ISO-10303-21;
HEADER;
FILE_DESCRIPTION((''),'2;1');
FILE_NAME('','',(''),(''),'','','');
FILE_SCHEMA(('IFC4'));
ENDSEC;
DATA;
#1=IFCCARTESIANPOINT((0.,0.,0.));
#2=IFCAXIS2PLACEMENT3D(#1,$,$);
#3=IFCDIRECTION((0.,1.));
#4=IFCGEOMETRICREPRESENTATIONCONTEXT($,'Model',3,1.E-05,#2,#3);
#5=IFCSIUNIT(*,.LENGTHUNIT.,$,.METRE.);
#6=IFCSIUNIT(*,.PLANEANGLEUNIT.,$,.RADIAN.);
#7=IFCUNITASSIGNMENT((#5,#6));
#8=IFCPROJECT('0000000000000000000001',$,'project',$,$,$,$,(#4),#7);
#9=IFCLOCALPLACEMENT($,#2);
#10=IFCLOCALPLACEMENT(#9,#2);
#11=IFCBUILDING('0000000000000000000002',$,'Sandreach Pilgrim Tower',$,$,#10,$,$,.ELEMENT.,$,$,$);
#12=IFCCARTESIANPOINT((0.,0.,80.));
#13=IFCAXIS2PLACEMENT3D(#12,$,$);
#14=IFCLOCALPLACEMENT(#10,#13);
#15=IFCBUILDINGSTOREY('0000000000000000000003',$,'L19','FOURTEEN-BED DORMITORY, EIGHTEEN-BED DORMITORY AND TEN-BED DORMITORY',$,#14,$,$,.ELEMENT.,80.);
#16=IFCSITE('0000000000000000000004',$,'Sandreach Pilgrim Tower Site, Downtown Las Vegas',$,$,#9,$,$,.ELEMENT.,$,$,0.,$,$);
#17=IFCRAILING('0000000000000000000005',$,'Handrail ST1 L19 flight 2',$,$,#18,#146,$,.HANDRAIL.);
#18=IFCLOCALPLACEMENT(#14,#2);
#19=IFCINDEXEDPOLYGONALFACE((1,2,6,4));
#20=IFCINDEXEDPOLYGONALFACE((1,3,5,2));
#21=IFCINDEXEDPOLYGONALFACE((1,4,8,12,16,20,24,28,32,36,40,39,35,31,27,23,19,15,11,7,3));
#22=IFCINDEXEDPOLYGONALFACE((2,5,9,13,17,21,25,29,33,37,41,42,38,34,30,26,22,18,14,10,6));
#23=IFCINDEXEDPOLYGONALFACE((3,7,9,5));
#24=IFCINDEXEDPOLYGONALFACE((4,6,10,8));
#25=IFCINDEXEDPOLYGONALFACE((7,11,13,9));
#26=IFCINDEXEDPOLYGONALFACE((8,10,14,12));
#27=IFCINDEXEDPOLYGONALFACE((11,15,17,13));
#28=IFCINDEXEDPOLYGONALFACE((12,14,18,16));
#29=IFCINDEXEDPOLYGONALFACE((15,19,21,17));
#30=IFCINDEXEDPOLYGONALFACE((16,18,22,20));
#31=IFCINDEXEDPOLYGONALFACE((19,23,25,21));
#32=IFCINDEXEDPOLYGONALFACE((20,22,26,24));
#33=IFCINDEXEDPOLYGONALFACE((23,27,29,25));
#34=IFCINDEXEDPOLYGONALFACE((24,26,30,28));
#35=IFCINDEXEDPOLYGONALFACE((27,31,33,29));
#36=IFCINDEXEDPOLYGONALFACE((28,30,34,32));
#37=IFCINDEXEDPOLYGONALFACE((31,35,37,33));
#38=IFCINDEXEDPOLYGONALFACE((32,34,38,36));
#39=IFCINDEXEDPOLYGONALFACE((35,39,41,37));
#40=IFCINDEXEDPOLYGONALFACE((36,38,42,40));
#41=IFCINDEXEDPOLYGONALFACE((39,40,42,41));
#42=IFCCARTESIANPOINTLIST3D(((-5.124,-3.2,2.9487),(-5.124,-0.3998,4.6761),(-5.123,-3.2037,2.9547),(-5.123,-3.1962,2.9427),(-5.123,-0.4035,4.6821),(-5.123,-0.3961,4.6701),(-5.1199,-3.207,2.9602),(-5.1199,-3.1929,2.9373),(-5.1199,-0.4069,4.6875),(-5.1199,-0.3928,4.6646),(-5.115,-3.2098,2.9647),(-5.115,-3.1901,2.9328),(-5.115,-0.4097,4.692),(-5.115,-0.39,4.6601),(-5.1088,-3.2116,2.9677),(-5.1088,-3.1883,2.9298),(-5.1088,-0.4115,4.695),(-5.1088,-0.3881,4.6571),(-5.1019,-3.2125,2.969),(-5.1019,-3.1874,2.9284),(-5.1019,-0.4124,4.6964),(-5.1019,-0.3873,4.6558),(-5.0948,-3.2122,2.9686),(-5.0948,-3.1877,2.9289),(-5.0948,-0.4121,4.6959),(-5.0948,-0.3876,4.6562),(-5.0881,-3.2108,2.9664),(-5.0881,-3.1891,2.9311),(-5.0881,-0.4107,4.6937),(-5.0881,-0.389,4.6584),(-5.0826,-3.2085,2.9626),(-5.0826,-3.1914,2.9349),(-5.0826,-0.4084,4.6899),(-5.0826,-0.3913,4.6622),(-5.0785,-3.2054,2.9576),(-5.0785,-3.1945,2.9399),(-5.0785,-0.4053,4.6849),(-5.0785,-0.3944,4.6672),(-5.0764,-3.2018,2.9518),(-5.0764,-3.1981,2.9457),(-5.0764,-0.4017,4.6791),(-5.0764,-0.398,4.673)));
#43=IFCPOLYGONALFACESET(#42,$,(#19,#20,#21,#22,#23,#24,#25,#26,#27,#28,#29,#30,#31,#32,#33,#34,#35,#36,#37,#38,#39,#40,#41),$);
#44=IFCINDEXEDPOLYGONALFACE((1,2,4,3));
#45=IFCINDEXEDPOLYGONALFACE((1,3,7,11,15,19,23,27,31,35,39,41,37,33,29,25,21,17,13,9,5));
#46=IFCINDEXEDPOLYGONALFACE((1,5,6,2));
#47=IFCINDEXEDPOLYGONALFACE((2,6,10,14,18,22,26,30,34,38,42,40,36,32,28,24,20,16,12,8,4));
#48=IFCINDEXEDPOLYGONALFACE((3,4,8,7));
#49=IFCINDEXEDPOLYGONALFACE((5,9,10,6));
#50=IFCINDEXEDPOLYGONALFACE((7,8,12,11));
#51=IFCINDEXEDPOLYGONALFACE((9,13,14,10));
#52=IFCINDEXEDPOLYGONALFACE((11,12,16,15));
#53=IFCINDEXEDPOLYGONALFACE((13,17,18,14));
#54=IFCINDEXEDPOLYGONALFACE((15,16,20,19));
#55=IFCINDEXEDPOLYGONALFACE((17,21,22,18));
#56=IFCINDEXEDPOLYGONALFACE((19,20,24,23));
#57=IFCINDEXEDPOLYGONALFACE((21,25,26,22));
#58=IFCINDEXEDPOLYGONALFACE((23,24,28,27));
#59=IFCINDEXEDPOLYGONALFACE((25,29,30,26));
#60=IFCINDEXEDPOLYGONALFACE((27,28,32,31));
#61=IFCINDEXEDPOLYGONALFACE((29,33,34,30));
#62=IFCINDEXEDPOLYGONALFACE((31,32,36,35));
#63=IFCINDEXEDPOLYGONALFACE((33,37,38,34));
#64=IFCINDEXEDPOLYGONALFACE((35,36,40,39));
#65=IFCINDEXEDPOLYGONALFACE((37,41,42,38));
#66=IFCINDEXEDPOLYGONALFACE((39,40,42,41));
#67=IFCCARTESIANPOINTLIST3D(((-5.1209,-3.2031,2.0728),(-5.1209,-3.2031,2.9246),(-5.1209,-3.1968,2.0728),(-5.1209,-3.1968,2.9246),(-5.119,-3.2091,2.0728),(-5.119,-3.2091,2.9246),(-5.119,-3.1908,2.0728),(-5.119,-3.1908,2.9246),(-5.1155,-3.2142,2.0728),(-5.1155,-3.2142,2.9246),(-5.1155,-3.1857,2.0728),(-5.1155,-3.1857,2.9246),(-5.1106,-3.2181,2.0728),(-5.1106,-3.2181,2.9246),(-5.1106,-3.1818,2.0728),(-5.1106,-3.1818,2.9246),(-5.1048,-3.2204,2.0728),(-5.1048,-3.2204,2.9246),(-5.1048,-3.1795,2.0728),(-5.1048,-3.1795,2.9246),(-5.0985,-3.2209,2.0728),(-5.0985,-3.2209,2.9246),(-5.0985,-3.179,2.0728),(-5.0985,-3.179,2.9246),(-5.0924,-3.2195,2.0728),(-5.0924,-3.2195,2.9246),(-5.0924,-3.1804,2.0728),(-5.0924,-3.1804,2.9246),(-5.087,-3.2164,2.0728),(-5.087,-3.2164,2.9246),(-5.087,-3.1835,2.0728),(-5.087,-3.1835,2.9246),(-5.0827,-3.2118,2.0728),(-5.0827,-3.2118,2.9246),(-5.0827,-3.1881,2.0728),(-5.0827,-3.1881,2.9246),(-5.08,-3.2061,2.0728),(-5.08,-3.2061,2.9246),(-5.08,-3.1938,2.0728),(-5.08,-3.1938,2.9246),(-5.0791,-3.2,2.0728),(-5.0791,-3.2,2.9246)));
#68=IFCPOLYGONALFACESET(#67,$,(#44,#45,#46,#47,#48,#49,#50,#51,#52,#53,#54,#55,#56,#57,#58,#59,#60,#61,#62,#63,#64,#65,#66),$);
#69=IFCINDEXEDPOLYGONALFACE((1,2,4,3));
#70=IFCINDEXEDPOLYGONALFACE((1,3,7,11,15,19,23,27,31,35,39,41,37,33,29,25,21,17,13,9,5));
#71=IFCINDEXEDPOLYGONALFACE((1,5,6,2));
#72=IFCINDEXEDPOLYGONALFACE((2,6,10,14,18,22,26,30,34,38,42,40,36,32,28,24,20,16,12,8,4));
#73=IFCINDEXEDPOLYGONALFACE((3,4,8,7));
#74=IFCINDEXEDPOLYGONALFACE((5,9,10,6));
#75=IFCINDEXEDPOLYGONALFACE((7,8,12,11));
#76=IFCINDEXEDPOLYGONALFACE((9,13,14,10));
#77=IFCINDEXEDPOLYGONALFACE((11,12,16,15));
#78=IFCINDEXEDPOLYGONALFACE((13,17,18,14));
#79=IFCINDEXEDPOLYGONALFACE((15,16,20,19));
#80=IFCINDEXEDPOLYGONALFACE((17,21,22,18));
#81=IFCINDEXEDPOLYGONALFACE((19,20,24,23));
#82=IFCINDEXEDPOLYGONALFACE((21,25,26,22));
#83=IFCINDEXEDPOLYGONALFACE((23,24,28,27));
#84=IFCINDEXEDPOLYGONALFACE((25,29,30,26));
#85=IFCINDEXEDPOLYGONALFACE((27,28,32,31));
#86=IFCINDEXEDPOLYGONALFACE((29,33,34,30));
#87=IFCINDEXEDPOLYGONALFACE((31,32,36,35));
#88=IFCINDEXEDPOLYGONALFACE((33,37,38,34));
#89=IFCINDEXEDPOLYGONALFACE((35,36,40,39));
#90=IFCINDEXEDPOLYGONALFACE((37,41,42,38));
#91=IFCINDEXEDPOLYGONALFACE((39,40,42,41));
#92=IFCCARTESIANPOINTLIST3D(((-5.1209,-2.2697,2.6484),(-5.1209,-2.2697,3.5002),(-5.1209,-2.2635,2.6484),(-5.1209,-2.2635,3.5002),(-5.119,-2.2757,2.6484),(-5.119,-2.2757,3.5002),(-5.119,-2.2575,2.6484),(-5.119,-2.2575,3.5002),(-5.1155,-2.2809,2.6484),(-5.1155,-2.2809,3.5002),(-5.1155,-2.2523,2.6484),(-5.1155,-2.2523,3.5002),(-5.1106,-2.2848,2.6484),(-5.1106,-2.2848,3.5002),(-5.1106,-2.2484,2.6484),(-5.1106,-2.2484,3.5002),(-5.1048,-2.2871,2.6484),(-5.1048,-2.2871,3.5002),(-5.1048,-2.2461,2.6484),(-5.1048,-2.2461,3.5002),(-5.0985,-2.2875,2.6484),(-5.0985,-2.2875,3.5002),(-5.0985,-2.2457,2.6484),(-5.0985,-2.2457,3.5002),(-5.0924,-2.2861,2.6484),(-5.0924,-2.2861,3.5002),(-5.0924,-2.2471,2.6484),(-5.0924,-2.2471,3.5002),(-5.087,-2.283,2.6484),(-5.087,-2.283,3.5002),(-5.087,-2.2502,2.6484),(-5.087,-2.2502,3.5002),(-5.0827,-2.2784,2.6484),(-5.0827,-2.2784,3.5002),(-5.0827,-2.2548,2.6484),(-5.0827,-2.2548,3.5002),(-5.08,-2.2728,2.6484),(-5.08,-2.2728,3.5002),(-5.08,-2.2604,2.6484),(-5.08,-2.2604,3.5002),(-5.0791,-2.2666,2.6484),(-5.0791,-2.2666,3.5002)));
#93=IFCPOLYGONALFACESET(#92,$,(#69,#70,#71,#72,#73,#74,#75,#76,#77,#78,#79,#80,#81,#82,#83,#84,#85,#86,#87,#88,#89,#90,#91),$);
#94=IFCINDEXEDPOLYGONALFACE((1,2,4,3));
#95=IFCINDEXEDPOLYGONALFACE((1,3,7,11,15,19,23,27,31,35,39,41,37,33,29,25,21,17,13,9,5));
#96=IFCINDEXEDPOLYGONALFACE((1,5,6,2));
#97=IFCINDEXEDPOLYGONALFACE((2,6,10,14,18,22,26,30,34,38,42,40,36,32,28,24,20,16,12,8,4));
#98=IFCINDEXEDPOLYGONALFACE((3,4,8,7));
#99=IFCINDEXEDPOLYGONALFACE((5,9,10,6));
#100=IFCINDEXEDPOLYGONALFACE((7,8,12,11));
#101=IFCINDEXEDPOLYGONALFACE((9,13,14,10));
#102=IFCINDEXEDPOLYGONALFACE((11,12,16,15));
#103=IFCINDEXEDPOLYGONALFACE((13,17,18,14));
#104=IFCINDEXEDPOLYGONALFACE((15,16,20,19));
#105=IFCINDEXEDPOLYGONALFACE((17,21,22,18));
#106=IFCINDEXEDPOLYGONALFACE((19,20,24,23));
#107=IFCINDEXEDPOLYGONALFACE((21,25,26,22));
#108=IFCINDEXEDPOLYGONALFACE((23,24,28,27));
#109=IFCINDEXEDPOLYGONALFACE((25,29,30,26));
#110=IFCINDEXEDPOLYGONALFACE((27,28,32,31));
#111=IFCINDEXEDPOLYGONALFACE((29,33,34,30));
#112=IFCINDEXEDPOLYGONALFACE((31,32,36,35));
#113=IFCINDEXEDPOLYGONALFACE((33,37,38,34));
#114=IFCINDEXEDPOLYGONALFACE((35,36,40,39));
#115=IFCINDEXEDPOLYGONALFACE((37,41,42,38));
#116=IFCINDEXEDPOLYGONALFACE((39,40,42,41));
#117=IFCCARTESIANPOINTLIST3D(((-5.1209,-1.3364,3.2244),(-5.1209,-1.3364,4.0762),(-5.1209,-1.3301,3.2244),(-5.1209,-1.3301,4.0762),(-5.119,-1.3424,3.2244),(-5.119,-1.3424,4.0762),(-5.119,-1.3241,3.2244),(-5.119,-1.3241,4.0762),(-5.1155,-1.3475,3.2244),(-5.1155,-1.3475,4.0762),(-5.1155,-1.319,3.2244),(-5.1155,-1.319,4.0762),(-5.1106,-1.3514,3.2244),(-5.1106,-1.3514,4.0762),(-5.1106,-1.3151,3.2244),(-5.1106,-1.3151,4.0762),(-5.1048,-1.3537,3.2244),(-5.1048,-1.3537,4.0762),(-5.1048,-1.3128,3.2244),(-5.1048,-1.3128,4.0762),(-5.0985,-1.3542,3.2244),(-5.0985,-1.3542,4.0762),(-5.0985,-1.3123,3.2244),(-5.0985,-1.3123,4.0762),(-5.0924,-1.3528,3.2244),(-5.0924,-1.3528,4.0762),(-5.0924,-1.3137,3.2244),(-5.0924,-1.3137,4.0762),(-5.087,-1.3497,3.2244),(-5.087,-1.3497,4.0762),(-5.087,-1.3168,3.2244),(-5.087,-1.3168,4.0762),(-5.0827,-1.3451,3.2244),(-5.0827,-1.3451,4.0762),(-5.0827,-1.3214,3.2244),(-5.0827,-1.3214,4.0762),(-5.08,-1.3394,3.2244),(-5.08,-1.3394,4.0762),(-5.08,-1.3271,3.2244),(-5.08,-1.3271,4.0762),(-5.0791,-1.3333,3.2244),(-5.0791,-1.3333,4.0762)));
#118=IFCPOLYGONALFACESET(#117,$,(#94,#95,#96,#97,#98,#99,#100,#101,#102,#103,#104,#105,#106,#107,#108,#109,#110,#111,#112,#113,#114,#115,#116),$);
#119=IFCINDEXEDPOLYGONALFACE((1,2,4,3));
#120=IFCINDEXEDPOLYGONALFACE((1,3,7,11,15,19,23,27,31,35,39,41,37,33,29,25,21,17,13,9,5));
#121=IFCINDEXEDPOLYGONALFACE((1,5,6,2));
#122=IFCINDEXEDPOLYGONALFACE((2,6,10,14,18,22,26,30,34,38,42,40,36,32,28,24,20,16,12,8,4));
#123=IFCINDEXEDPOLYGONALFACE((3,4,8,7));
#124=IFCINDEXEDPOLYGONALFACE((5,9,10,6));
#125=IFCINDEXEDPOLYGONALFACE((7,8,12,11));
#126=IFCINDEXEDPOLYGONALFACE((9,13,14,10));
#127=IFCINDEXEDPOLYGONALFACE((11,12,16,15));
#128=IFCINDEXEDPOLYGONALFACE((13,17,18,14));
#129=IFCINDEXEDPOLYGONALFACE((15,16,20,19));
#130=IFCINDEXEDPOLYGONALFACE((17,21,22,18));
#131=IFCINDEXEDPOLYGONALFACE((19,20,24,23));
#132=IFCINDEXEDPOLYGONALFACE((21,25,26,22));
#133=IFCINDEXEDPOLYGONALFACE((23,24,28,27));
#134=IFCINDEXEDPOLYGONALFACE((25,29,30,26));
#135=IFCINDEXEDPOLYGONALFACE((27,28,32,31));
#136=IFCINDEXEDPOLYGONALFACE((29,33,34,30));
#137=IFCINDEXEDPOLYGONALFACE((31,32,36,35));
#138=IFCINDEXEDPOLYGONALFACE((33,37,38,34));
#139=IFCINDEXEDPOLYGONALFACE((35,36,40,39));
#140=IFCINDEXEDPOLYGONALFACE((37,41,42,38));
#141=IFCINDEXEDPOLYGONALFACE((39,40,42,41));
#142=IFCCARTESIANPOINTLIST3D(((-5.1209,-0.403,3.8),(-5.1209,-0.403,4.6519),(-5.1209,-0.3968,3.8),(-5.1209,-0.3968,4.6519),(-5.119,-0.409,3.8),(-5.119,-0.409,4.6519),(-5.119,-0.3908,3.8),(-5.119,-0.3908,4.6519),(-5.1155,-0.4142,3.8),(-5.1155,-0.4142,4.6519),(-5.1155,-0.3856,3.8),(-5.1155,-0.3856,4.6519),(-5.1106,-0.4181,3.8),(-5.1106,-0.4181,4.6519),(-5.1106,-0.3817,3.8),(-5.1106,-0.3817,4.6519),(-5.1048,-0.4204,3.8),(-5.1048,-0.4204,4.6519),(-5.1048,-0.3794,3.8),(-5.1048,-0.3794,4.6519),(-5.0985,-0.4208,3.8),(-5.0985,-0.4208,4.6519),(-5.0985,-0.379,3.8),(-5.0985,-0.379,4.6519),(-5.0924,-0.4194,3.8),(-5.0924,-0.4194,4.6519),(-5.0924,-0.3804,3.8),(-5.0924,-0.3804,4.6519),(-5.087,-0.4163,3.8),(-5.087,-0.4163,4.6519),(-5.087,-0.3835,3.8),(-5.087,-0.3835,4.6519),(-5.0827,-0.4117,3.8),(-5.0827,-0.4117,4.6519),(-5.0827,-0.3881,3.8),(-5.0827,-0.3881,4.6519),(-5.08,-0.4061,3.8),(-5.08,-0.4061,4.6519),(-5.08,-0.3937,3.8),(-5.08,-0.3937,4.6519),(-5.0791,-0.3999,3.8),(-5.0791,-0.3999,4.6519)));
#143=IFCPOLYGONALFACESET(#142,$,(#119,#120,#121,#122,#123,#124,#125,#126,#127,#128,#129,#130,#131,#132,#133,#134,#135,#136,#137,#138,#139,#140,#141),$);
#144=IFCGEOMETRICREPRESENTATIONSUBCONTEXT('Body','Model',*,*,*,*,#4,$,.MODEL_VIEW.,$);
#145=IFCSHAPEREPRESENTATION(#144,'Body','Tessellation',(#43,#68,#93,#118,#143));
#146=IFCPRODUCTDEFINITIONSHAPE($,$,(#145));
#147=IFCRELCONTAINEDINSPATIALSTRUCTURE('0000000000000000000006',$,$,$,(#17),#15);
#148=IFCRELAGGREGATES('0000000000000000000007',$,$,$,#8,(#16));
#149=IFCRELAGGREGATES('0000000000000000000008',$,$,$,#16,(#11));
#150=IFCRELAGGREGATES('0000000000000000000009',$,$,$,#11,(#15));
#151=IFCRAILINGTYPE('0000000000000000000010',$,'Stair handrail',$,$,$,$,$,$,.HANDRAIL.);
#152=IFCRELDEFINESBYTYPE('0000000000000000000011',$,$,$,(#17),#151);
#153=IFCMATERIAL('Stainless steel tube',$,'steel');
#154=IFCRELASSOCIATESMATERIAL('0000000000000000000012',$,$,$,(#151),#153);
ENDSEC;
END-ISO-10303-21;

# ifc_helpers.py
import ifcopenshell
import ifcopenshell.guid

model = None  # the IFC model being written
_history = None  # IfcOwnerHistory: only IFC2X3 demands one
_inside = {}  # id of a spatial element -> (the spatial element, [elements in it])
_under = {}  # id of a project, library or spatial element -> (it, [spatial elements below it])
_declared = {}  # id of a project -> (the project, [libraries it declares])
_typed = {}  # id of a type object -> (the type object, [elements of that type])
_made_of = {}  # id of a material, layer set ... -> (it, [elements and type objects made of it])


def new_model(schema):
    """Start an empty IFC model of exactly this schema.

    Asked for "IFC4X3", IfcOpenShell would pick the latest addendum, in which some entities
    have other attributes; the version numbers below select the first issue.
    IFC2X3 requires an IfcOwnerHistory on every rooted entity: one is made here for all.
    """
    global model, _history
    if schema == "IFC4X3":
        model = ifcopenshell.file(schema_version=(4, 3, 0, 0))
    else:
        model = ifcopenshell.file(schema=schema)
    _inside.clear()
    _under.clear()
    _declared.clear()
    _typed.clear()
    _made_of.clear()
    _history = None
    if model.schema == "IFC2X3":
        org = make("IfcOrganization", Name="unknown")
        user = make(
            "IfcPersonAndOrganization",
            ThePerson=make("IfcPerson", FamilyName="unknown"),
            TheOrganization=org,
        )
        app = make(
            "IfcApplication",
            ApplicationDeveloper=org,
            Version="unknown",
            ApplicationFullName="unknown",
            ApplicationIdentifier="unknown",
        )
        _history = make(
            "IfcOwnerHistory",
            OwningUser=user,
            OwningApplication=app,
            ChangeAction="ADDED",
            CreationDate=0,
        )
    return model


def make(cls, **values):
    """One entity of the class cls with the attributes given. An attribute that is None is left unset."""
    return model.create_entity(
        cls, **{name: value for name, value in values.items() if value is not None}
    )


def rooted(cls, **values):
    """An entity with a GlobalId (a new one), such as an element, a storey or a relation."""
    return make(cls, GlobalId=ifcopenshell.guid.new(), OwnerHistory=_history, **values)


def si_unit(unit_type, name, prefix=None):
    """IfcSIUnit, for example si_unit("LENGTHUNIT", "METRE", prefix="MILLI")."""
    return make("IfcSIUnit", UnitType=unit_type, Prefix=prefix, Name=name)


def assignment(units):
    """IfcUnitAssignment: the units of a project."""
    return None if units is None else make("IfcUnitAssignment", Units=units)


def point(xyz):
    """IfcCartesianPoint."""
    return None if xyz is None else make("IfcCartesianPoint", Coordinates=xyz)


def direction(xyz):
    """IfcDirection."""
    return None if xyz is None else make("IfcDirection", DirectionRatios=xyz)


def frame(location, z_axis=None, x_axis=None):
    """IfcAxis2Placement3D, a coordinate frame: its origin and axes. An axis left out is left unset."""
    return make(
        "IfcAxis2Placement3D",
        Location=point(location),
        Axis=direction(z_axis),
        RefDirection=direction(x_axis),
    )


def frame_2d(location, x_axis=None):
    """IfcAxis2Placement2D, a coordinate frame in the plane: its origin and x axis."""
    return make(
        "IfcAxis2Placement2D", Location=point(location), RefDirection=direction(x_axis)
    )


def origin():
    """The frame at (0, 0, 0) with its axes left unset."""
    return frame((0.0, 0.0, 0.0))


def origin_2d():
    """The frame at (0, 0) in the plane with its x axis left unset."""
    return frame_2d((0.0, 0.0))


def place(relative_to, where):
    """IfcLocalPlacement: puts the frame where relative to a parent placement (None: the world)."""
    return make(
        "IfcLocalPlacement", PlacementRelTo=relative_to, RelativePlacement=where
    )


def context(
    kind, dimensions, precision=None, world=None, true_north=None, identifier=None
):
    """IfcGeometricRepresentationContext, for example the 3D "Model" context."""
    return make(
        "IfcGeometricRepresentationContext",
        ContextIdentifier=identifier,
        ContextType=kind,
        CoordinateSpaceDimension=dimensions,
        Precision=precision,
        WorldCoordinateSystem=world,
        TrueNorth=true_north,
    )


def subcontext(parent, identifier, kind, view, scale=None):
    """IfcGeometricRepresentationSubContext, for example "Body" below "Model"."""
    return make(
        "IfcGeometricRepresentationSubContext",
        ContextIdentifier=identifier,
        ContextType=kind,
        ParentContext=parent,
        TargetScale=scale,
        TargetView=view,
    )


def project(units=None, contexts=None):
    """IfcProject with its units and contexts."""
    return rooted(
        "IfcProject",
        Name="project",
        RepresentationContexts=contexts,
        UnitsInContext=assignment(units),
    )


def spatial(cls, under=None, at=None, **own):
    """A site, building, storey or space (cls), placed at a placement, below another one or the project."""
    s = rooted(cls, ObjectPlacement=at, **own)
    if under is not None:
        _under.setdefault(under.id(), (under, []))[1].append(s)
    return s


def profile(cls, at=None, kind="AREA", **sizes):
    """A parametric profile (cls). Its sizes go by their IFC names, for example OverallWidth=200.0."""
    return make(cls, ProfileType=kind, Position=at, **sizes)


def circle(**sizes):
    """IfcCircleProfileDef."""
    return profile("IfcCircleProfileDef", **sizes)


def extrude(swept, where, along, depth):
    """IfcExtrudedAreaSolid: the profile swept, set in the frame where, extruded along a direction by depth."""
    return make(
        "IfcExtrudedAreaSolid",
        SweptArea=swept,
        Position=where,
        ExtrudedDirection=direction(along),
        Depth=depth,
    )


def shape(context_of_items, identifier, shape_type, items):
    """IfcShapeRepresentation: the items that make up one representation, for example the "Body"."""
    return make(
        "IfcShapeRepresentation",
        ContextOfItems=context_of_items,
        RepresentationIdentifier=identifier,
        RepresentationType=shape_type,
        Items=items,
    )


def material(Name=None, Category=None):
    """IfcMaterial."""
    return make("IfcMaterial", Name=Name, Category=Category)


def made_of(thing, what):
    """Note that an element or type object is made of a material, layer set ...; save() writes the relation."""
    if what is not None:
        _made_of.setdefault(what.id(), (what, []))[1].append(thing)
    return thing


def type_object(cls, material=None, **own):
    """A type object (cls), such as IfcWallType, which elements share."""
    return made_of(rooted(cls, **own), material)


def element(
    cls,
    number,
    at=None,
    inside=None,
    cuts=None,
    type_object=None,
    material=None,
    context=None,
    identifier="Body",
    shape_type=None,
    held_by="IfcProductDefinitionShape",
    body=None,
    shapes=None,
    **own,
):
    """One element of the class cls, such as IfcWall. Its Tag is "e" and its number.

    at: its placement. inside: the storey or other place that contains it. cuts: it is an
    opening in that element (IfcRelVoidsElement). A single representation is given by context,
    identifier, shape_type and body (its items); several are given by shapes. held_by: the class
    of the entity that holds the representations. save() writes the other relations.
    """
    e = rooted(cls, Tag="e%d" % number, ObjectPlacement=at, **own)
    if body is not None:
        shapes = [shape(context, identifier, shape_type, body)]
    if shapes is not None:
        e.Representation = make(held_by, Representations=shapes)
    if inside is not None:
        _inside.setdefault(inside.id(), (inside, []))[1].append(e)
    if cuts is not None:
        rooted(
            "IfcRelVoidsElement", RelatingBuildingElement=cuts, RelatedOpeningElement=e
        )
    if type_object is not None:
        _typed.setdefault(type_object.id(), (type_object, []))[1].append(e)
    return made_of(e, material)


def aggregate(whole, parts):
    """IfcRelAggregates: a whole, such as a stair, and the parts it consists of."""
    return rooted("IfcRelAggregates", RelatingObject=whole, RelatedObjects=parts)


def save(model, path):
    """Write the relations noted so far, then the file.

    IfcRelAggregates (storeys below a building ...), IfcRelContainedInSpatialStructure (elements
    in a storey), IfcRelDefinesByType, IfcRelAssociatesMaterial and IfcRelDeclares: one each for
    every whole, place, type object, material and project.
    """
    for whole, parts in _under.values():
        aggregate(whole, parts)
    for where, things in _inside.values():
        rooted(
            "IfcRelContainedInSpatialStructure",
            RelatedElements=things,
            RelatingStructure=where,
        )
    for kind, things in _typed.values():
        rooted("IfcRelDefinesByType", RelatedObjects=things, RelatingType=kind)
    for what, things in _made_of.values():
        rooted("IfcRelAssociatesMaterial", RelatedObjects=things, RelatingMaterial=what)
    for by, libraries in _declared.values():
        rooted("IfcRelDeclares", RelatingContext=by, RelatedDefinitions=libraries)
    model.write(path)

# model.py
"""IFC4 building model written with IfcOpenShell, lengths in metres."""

from ifc_helpers import new_model, si_unit, direction, frame, origin, origin_2d, place, context, subcontext, project, spatial, circle, extrude, material, type_object, element, save


model = new_model("IFC4")

# Units and contexts
model_context = context("Model", 3, precision=1e-05, world=origin(), true_north=direction((0.0, 1.0)))
body_context = subcontext(model_context, "Body", "Model", "MODEL_VIEW")
ifc_project = project(units=[si_unit("LENGTHUNIT", "METRE"), si_unit("PLANEANGLEUNIT", "RADIAN")], contexts=[model_context])

# Site, building, storey
site_placement = place(None, origin())
site = spatial("IfcSite", under=ifc_project, at=site_placement, Name="Sandreach Pilgrim Tower Site, Downtown Las Vegas", CompositionType="ELEMENT", RefElevation=0.0)
building_placement = place(site_placement, origin())
building = spatial("IfcBuilding", under=site, at=building_placement, Name="Sandreach Pilgrim Tower", CompositionType="ELEMENT")
storey_placement = place(building_placement, frame((0.0, 0.0, 80.0)))
storey = spatial("IfcBuildingStorey", under=building, at=storey_placement, Name="L19", Description="FOURTEEN-BED DORMITORY, EIGHTEEN-BED DORMITORY AND TEN-BED DORMITORY", CompositionType="ELEMENT", Elevation=80.0)

# Railing
ifc_material_1 = material(Name="Stainless steel tube", Category="steel")
railing_type = type_object("IfcRailingType", Name="Stair handrail", PredefinedType="HANDRAIL", material=ifc_material_1)
for number, where, name in (
    (1, (-5.1001, -3.2, 2.0728), "Handrail ST1 L19 flight 2"),
):
    element("IfcRailing", number, at=place(storey_placement, frame(where)), inside=storey, type_object=railing_type, Name=name, PredefinedType="HANDRAIL", context=body_context, shape_type="SweptSolid", body=[
        extrude(circle(Radius=0.0239, at=origin_2d()), frame((0.0, 0.0, 0.876), z_axis=(0.0, 0.85109, 0.52502), x_axis=(-1.0, 0.0, 0.0)), (0.0, 0.0, 1.0), 3.29),
        extrude(circle(Radius=0.021, at=origin_2d()), origin(), (0.0, 0.0, 1.0), 0.8518),
        extrude(circle(Radius=0.021, at=origin_2d()), frame((0.0, 0.9333, 0.5757)), (0.0, 0.0, 1.0), 0.8518),
        extrude(circle(Radius=0.021, at=origin_2d()), frame((0.0, 1.8667, 1.1516)), (0.0, 0.0, 1.0), 0.8518),
        extrude(circle(Radius=0.021, at=origin_2d()), frame((0.0, 2.8, 1.7273)), (0.0, 0.0, 1.0), 0.8518),
    ])

save(model, "model.ifc")
